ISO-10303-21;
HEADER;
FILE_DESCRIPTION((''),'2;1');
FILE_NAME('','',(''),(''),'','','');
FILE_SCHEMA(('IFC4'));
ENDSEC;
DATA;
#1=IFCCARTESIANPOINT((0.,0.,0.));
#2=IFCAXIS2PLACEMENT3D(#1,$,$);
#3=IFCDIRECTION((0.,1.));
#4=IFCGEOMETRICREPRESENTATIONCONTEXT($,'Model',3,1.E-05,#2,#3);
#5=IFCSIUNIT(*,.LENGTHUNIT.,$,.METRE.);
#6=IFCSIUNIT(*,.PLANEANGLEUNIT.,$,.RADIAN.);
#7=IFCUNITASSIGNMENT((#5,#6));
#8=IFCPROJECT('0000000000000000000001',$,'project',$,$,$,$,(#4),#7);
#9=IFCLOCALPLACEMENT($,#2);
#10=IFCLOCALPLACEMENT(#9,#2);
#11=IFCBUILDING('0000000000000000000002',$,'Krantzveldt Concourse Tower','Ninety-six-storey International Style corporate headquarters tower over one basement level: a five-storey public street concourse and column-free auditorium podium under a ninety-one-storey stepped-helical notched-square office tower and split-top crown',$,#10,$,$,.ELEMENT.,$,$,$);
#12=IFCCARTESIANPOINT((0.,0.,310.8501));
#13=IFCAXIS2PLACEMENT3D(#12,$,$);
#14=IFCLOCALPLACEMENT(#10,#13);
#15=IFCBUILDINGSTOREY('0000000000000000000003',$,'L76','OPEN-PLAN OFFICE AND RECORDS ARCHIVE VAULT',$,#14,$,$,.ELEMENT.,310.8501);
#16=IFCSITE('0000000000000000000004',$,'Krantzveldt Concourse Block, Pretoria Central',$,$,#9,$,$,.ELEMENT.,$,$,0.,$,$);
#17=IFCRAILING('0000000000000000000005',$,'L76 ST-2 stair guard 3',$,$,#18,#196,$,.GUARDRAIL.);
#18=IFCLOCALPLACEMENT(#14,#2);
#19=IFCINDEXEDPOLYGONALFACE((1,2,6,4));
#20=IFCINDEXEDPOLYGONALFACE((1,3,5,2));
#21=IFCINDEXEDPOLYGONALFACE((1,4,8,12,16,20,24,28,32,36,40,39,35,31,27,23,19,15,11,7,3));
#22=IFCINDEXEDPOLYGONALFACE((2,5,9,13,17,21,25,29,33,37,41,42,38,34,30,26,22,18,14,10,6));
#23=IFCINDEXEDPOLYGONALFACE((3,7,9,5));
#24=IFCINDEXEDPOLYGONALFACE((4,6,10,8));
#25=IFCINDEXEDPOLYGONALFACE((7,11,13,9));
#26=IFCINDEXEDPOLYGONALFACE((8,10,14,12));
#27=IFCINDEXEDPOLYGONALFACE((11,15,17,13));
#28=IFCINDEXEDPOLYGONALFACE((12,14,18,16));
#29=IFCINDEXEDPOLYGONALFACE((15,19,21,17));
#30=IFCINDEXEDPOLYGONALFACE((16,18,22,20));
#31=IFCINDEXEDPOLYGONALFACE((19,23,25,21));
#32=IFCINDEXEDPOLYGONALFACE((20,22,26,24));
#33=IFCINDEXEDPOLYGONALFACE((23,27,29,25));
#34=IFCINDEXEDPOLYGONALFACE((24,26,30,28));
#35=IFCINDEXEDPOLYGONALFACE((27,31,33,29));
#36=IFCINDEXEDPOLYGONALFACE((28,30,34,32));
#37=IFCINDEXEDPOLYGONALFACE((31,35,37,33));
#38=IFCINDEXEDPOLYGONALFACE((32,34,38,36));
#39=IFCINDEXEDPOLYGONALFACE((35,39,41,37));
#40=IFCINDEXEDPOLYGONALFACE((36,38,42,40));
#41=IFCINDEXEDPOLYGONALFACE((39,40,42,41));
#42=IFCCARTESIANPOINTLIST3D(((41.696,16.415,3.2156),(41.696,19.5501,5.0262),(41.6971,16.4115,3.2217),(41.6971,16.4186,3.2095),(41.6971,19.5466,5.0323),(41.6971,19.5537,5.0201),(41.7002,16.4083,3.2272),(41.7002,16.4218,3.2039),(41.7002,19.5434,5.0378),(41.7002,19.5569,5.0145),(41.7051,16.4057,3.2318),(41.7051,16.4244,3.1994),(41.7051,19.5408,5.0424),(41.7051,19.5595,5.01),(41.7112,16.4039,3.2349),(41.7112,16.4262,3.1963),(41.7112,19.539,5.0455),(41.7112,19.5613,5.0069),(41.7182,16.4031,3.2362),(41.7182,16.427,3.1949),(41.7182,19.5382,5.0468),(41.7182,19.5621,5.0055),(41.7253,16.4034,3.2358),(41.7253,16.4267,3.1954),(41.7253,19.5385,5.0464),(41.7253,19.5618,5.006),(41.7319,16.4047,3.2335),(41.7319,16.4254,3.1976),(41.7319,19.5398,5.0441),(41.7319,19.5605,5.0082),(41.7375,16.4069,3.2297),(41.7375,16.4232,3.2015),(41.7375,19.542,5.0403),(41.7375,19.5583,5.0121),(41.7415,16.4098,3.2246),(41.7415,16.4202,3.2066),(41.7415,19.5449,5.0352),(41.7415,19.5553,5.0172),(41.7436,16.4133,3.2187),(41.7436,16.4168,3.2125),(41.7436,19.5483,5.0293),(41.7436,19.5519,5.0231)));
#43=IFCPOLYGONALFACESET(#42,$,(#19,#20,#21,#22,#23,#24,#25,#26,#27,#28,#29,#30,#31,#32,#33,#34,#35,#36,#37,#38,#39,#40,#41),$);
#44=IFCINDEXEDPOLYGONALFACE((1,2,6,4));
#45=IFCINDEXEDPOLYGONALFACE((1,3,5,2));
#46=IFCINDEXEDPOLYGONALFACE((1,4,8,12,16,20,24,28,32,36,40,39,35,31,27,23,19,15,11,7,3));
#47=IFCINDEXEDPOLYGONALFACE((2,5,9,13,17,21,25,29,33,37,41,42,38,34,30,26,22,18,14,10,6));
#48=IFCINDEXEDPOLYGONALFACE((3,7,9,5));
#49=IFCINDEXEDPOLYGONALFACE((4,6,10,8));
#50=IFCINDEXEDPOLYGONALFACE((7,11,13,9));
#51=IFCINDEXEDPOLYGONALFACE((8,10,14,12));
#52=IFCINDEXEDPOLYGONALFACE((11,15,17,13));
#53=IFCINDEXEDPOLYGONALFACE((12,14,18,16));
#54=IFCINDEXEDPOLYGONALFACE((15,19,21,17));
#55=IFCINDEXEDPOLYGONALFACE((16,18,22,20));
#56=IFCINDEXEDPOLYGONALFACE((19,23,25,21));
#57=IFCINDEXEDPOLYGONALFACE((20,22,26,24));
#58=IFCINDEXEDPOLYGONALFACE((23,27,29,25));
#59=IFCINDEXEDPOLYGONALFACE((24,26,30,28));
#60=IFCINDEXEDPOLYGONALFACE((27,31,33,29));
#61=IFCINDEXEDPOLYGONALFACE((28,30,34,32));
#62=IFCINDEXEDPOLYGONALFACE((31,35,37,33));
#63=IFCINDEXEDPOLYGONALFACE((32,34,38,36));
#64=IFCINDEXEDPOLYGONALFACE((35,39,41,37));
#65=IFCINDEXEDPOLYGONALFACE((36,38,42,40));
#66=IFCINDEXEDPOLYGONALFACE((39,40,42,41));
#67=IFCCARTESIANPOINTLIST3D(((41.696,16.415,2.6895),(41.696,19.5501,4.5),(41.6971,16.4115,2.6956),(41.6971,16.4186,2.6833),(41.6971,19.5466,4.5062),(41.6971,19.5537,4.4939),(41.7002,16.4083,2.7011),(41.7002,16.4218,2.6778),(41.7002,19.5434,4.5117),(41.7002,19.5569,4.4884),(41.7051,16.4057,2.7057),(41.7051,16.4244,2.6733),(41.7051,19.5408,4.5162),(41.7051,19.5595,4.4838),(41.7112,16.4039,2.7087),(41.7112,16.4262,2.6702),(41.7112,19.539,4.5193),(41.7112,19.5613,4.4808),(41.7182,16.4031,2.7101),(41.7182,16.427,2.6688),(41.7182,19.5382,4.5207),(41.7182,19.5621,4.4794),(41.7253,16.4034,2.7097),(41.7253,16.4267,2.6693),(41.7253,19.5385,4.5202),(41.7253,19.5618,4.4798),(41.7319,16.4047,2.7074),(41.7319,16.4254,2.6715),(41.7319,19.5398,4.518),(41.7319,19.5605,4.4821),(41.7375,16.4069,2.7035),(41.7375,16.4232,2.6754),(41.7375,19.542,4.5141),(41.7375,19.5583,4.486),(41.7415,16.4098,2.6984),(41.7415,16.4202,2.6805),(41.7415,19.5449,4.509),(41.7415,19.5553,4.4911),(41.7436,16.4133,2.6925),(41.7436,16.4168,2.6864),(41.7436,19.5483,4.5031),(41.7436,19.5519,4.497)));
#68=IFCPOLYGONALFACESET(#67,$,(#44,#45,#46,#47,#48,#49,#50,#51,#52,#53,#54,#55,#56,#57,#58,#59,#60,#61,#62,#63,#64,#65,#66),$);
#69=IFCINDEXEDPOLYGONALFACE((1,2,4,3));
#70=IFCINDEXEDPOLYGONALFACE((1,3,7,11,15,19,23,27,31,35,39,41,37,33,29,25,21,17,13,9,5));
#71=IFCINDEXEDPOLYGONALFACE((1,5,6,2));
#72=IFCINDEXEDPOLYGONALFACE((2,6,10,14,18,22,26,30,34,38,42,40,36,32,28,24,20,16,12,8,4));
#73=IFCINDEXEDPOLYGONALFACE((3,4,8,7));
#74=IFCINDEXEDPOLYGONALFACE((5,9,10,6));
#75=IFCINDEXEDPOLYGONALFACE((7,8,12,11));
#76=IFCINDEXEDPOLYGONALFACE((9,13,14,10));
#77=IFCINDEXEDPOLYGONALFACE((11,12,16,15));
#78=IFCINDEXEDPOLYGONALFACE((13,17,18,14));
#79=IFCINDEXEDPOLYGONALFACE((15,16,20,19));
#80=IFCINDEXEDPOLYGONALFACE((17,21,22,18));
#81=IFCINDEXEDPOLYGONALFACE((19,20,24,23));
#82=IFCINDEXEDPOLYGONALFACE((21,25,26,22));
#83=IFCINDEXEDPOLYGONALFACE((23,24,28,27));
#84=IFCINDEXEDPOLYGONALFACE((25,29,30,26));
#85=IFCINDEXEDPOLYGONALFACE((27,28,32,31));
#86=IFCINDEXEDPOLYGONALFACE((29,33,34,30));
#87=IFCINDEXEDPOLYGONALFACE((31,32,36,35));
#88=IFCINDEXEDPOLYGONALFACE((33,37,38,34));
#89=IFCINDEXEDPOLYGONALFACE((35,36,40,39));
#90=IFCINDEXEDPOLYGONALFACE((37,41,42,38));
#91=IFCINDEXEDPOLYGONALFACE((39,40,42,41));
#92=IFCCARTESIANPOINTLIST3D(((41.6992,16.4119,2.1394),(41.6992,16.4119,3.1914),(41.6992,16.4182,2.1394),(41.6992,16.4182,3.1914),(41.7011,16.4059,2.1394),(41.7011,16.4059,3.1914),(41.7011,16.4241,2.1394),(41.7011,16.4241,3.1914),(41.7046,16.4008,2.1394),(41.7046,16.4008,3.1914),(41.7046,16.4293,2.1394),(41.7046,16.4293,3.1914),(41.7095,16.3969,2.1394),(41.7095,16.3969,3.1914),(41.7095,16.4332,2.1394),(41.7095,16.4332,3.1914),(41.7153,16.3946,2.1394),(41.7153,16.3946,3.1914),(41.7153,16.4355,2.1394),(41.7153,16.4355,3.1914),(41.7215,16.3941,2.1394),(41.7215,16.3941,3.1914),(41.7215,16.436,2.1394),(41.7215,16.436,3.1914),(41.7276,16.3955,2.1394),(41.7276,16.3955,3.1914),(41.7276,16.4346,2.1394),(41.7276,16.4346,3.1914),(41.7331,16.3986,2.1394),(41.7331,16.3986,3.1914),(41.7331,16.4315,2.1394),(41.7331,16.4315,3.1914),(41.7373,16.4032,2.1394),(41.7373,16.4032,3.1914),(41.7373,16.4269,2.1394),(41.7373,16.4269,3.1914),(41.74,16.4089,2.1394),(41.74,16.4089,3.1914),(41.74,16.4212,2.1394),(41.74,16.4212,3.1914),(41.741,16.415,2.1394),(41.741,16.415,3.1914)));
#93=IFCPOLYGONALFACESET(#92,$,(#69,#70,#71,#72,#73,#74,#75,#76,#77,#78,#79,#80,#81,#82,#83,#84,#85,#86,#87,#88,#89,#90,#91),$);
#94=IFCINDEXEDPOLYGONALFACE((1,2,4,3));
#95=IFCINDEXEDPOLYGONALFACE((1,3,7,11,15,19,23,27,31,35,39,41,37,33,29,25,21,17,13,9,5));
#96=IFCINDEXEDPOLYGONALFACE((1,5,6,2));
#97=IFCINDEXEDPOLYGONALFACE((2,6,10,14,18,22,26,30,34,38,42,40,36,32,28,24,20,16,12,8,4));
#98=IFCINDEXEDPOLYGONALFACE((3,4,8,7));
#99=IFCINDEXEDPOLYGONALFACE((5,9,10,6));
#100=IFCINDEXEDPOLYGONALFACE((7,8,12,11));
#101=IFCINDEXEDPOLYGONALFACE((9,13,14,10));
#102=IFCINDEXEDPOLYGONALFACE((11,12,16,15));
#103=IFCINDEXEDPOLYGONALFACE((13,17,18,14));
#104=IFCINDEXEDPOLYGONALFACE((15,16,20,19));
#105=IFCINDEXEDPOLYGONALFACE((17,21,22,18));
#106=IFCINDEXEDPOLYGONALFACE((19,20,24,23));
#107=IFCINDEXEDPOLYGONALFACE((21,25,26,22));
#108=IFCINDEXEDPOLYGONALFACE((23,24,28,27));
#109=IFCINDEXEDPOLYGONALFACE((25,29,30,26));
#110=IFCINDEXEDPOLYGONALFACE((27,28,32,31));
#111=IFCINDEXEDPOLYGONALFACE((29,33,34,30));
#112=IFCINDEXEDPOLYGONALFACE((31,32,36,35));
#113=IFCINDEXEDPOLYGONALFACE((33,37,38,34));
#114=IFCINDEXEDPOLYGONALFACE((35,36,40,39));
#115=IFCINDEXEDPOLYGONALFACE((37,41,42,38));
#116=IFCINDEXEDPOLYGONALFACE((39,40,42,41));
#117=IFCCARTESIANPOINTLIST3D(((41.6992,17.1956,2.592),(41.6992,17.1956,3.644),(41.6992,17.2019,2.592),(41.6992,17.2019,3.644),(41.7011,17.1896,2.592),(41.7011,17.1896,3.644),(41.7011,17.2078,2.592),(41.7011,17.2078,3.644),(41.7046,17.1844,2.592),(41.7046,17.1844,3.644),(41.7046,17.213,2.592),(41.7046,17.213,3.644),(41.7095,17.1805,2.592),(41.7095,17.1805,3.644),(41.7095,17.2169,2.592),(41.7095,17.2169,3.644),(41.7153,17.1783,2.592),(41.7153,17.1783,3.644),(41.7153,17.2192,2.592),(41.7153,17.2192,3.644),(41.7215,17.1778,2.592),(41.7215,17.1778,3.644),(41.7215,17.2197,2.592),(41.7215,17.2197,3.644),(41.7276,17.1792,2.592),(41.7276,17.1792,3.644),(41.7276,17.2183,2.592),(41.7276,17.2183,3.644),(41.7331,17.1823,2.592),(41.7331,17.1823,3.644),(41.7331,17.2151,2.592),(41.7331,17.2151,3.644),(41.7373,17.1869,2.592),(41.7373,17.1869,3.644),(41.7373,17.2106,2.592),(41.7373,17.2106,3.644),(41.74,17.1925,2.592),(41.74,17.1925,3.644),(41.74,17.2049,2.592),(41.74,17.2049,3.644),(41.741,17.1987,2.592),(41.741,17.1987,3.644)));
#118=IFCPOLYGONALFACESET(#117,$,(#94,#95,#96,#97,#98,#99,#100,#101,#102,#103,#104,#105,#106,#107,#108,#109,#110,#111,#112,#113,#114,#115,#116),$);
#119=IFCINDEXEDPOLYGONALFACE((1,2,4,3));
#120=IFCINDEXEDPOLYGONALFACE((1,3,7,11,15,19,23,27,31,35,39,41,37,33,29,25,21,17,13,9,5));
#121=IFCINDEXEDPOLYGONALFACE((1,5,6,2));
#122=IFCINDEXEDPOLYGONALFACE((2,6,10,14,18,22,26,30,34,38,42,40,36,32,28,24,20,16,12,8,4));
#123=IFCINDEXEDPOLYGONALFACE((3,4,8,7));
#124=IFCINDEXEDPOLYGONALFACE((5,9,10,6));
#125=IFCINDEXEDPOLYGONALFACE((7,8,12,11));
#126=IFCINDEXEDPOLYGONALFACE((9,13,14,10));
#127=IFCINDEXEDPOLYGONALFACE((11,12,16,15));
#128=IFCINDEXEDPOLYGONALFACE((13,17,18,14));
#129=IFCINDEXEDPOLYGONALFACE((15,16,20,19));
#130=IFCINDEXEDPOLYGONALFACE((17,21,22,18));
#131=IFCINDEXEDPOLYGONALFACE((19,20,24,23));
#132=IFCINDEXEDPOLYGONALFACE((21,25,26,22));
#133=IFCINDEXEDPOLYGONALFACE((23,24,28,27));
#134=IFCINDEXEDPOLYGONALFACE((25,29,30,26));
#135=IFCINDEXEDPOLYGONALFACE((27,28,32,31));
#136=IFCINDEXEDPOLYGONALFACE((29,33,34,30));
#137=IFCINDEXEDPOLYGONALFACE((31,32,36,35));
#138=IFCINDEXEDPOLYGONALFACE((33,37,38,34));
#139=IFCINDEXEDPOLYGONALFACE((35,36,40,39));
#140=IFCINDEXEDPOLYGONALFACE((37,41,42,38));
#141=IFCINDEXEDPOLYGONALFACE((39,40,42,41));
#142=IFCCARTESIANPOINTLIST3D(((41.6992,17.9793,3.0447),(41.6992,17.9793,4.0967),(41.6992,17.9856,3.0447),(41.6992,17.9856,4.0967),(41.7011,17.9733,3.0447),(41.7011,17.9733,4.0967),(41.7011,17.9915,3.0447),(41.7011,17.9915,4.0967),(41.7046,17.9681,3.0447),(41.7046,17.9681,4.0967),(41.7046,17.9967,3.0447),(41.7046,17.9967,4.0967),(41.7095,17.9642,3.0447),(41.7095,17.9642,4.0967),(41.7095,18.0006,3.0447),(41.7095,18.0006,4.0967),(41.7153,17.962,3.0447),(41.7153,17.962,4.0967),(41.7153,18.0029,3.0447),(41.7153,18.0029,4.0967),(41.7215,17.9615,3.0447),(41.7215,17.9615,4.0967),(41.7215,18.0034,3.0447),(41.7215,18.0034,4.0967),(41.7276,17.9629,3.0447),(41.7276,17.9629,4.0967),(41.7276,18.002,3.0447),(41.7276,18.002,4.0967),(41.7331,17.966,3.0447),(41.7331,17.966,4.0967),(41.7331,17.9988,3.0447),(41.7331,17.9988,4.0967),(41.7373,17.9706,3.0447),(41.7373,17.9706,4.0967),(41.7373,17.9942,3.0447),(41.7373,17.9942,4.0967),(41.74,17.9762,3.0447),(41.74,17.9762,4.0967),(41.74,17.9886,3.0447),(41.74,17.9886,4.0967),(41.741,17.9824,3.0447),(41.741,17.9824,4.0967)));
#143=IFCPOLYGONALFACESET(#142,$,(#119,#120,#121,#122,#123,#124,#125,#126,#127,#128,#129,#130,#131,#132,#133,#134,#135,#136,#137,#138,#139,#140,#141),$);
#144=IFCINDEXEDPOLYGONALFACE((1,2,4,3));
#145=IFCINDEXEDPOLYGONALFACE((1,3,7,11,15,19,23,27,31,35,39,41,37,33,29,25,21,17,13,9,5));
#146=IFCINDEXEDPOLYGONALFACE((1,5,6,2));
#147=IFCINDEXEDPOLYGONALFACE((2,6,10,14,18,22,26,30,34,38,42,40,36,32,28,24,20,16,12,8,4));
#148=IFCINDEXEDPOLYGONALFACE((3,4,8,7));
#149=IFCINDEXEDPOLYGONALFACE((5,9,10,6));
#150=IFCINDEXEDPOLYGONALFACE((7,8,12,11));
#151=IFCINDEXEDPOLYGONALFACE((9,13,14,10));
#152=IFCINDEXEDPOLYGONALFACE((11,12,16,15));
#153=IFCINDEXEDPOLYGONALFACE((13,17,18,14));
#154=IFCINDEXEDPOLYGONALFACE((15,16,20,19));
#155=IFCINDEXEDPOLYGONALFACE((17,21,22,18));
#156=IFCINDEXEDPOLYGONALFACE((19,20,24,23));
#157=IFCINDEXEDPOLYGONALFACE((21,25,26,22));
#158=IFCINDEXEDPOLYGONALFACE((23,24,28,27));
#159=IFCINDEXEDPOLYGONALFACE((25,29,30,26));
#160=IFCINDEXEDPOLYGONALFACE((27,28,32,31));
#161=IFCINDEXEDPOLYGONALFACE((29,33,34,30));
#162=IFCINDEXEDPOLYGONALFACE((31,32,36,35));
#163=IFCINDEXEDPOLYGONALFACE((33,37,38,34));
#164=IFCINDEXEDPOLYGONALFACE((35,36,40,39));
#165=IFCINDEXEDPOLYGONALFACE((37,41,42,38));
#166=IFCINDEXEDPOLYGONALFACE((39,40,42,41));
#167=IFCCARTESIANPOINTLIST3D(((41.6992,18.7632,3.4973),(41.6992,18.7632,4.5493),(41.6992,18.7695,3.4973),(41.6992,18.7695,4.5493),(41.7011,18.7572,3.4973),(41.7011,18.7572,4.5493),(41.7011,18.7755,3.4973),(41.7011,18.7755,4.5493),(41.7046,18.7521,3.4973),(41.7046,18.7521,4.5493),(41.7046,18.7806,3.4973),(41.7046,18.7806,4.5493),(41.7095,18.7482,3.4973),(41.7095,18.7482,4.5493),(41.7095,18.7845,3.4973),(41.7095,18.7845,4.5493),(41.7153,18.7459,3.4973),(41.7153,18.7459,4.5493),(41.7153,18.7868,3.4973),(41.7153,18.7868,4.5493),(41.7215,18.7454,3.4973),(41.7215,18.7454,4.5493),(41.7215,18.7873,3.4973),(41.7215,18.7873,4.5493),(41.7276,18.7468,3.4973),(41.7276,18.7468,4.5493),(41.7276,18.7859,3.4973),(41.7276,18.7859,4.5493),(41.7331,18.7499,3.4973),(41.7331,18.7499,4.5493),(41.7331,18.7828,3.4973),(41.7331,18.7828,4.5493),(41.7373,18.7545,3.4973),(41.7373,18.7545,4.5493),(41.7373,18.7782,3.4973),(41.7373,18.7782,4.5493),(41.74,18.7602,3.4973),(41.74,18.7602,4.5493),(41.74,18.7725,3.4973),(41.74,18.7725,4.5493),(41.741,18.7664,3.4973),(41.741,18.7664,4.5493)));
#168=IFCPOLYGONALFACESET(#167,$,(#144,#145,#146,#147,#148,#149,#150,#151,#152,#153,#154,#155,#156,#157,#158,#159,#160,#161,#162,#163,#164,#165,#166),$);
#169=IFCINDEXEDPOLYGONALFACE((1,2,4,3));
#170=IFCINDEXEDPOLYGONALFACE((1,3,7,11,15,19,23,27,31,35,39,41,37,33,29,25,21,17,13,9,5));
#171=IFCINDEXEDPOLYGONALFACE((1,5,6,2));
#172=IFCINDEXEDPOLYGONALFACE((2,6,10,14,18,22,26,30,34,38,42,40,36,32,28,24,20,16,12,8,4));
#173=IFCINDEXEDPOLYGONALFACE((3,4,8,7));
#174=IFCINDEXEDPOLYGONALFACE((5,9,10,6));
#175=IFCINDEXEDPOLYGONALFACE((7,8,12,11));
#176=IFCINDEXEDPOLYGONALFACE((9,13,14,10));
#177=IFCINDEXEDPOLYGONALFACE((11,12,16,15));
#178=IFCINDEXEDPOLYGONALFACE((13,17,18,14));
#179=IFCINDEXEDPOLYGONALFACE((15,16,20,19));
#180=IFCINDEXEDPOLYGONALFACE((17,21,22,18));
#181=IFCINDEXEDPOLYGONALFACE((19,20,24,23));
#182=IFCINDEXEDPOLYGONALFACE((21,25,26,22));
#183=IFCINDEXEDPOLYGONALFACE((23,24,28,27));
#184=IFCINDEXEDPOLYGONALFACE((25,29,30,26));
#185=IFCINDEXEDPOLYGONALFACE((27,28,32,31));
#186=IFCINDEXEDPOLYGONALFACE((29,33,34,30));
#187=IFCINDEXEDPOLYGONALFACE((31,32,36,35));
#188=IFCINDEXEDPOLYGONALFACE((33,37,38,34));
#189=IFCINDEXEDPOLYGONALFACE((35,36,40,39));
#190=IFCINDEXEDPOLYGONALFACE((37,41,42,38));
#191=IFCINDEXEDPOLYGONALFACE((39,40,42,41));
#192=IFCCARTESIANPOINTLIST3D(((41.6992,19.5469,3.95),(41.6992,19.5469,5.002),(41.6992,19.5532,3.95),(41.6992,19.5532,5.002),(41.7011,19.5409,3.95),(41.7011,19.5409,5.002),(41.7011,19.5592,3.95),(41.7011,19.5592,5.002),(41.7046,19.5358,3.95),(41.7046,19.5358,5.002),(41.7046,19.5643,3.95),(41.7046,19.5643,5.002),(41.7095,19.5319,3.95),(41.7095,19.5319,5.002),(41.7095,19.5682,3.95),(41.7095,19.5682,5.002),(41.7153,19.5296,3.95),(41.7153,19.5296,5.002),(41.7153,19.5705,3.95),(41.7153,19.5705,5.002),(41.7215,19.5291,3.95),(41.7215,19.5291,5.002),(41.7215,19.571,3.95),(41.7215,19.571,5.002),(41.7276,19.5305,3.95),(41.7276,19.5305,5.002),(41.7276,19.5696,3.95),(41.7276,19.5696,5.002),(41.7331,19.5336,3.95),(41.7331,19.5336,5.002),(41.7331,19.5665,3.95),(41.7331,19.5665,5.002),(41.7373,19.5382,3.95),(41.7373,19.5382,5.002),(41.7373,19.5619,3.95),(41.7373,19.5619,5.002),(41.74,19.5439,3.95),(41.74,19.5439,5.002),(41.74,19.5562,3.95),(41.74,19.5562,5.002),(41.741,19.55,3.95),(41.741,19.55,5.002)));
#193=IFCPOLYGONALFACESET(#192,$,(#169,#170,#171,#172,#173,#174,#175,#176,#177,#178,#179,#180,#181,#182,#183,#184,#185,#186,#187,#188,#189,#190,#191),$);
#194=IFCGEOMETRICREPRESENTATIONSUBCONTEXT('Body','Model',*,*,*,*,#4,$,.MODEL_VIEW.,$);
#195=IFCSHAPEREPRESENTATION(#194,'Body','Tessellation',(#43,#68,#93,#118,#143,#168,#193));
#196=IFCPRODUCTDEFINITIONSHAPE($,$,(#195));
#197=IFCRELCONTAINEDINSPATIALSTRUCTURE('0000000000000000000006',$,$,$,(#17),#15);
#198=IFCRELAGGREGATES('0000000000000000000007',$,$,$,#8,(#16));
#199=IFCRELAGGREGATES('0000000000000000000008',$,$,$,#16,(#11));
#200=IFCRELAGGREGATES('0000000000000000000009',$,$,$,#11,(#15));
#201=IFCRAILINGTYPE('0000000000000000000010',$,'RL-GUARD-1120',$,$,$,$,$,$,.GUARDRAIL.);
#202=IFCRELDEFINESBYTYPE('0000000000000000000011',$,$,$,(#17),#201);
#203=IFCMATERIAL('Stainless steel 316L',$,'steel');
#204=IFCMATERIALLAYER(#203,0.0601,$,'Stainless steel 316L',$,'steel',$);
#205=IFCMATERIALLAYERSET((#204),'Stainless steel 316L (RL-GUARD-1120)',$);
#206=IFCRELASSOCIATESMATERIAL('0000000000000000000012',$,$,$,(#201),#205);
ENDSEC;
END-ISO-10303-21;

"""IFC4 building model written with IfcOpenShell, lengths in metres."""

from ifc_helpers import new_model, si_unit, direction, frame, origin, origin_2d, place, context, subcontext, project, spatial, circle, extrude, material, layer, layer_set, type_object, element, save


model = new_model("IFC4")

# Units and contexts
model_context = context("Model", 3, precision=1e-05, world=origin(), true_north=direction((0.0, 1.0)))
body_context = subcontext(model_context, "Body", "Model", "MODEL_VIEW")
ifc_project = project(units=[si_unit("LENGTHUNIT", "METRE"), si_unit("PLANEANGLEUNIT", "RADIAN")], contexts=[model_context])

# Site, building, storey
site_placement = place(None, origin())
site = spatial("IfcSite", under=ifc_project, at=site_placement, Name="Krantzveldt Concourse Block, Pretoria Central", CompositionType="ELEMENT", RefElevation=0.0)
building_placement = place(site_placement, origin())
building = spatial("IfcBuilding", under=site, at=building_placement, Name="Krantzveldt Concourse Tower", Description="Ninety-six-storey International Style corporate headquarters tower over one basement level: a five-storey public street concourse and column-free auditorium podium under a ninety-one-storey stepped-helical notched-square office tower and split-top crown", CompositionType="ELEMENT")
storey_placement = place(building_placement, frame((0.0, 0.0, 310.8501)))
storey = spatial("IfcBuildingStorey", under=building, at=storey_placement, Name="L76", Description="OPEN-PLAN OFFICE AND RECORDS ARCHIVE VAULT", CompositionType="ELEMENT", Elevation=310.8501)

# Shared definitions
ifc_material_1 = material(Name="Stainless steel 316L", Category="steel")

# Railing
ifc_layer_1 = layer(ifc_material_1, 0.0601, Name="Stainless steel 316L", Category="steel")
ifc_layer_set_1 = layer_set([ifc_layer_1], Name="Stainless steel 316L (RL-GUARD-1120)")
railing_type_1 = type_object("IfcRailingType", Name="RL-GUARD-1120", PredefinedType="GUARDRAIL", material=ifc_layer_set_1)
railing_1_placement = place(storey_placement, frame((41.72, 16.415, 2.1394)))
element("IfcRailing", 1, at=railing_1_placement, inside=storey, type_object=railing_type_1, Name="L76 ST-2 stair guard 3", PredefinedType="GUARDRAIL", context=body_context, shape_type="SweptSolid", body=[
    extrude(circle(Radius=0.0239, at=origin_2d()), frame((0.0, 0.0, 1.0762), z_axis=(0.0, 0.86596, 0.500114), x_axis=(-1.0, 0.0, 0.0)), (0.0, 0.0, 1.0), 3.6204),
    extrude(circle(Radius=0.0239, at=origin_2d()), frame((0.0, 0.0, 0.55), z_axis=(0.0, 0.86596, 0.500114), x_axis=(-1.0, 0.0, 0.0)), (0.0, 0.0, 1.0), 3.6204),
    extrude(circle(Radius=0.021, at=origin_2d()), origin(), (0.0, 0.0, 1.0), 1.052),
    extrude(circle(Radius=0.021, at=origin_2d()), frame((0.0, 0.7837, 0.4526)), (0.0, 0.0, 1.0), 1.052),
    extrude(circle(Radius=0.021, at=origin_2d()), frame((0.0, 1.5674, 0.9053)), (0.0, 0.0, 1.0), 1.052),
    extrude(circle(Radius=0.021, at=origin_2d()), frame((0.0, 2.3513, 1.3579)), (0.0, 0.0, 1.0), 1.052),
    extrude(circle(Radius=0.021, at=origin_2d()), frame((0.0, 3.135, 1.8105)), (0.0, 0.0, 1.0), 1.052),
])

save(model, "model.ifc")
